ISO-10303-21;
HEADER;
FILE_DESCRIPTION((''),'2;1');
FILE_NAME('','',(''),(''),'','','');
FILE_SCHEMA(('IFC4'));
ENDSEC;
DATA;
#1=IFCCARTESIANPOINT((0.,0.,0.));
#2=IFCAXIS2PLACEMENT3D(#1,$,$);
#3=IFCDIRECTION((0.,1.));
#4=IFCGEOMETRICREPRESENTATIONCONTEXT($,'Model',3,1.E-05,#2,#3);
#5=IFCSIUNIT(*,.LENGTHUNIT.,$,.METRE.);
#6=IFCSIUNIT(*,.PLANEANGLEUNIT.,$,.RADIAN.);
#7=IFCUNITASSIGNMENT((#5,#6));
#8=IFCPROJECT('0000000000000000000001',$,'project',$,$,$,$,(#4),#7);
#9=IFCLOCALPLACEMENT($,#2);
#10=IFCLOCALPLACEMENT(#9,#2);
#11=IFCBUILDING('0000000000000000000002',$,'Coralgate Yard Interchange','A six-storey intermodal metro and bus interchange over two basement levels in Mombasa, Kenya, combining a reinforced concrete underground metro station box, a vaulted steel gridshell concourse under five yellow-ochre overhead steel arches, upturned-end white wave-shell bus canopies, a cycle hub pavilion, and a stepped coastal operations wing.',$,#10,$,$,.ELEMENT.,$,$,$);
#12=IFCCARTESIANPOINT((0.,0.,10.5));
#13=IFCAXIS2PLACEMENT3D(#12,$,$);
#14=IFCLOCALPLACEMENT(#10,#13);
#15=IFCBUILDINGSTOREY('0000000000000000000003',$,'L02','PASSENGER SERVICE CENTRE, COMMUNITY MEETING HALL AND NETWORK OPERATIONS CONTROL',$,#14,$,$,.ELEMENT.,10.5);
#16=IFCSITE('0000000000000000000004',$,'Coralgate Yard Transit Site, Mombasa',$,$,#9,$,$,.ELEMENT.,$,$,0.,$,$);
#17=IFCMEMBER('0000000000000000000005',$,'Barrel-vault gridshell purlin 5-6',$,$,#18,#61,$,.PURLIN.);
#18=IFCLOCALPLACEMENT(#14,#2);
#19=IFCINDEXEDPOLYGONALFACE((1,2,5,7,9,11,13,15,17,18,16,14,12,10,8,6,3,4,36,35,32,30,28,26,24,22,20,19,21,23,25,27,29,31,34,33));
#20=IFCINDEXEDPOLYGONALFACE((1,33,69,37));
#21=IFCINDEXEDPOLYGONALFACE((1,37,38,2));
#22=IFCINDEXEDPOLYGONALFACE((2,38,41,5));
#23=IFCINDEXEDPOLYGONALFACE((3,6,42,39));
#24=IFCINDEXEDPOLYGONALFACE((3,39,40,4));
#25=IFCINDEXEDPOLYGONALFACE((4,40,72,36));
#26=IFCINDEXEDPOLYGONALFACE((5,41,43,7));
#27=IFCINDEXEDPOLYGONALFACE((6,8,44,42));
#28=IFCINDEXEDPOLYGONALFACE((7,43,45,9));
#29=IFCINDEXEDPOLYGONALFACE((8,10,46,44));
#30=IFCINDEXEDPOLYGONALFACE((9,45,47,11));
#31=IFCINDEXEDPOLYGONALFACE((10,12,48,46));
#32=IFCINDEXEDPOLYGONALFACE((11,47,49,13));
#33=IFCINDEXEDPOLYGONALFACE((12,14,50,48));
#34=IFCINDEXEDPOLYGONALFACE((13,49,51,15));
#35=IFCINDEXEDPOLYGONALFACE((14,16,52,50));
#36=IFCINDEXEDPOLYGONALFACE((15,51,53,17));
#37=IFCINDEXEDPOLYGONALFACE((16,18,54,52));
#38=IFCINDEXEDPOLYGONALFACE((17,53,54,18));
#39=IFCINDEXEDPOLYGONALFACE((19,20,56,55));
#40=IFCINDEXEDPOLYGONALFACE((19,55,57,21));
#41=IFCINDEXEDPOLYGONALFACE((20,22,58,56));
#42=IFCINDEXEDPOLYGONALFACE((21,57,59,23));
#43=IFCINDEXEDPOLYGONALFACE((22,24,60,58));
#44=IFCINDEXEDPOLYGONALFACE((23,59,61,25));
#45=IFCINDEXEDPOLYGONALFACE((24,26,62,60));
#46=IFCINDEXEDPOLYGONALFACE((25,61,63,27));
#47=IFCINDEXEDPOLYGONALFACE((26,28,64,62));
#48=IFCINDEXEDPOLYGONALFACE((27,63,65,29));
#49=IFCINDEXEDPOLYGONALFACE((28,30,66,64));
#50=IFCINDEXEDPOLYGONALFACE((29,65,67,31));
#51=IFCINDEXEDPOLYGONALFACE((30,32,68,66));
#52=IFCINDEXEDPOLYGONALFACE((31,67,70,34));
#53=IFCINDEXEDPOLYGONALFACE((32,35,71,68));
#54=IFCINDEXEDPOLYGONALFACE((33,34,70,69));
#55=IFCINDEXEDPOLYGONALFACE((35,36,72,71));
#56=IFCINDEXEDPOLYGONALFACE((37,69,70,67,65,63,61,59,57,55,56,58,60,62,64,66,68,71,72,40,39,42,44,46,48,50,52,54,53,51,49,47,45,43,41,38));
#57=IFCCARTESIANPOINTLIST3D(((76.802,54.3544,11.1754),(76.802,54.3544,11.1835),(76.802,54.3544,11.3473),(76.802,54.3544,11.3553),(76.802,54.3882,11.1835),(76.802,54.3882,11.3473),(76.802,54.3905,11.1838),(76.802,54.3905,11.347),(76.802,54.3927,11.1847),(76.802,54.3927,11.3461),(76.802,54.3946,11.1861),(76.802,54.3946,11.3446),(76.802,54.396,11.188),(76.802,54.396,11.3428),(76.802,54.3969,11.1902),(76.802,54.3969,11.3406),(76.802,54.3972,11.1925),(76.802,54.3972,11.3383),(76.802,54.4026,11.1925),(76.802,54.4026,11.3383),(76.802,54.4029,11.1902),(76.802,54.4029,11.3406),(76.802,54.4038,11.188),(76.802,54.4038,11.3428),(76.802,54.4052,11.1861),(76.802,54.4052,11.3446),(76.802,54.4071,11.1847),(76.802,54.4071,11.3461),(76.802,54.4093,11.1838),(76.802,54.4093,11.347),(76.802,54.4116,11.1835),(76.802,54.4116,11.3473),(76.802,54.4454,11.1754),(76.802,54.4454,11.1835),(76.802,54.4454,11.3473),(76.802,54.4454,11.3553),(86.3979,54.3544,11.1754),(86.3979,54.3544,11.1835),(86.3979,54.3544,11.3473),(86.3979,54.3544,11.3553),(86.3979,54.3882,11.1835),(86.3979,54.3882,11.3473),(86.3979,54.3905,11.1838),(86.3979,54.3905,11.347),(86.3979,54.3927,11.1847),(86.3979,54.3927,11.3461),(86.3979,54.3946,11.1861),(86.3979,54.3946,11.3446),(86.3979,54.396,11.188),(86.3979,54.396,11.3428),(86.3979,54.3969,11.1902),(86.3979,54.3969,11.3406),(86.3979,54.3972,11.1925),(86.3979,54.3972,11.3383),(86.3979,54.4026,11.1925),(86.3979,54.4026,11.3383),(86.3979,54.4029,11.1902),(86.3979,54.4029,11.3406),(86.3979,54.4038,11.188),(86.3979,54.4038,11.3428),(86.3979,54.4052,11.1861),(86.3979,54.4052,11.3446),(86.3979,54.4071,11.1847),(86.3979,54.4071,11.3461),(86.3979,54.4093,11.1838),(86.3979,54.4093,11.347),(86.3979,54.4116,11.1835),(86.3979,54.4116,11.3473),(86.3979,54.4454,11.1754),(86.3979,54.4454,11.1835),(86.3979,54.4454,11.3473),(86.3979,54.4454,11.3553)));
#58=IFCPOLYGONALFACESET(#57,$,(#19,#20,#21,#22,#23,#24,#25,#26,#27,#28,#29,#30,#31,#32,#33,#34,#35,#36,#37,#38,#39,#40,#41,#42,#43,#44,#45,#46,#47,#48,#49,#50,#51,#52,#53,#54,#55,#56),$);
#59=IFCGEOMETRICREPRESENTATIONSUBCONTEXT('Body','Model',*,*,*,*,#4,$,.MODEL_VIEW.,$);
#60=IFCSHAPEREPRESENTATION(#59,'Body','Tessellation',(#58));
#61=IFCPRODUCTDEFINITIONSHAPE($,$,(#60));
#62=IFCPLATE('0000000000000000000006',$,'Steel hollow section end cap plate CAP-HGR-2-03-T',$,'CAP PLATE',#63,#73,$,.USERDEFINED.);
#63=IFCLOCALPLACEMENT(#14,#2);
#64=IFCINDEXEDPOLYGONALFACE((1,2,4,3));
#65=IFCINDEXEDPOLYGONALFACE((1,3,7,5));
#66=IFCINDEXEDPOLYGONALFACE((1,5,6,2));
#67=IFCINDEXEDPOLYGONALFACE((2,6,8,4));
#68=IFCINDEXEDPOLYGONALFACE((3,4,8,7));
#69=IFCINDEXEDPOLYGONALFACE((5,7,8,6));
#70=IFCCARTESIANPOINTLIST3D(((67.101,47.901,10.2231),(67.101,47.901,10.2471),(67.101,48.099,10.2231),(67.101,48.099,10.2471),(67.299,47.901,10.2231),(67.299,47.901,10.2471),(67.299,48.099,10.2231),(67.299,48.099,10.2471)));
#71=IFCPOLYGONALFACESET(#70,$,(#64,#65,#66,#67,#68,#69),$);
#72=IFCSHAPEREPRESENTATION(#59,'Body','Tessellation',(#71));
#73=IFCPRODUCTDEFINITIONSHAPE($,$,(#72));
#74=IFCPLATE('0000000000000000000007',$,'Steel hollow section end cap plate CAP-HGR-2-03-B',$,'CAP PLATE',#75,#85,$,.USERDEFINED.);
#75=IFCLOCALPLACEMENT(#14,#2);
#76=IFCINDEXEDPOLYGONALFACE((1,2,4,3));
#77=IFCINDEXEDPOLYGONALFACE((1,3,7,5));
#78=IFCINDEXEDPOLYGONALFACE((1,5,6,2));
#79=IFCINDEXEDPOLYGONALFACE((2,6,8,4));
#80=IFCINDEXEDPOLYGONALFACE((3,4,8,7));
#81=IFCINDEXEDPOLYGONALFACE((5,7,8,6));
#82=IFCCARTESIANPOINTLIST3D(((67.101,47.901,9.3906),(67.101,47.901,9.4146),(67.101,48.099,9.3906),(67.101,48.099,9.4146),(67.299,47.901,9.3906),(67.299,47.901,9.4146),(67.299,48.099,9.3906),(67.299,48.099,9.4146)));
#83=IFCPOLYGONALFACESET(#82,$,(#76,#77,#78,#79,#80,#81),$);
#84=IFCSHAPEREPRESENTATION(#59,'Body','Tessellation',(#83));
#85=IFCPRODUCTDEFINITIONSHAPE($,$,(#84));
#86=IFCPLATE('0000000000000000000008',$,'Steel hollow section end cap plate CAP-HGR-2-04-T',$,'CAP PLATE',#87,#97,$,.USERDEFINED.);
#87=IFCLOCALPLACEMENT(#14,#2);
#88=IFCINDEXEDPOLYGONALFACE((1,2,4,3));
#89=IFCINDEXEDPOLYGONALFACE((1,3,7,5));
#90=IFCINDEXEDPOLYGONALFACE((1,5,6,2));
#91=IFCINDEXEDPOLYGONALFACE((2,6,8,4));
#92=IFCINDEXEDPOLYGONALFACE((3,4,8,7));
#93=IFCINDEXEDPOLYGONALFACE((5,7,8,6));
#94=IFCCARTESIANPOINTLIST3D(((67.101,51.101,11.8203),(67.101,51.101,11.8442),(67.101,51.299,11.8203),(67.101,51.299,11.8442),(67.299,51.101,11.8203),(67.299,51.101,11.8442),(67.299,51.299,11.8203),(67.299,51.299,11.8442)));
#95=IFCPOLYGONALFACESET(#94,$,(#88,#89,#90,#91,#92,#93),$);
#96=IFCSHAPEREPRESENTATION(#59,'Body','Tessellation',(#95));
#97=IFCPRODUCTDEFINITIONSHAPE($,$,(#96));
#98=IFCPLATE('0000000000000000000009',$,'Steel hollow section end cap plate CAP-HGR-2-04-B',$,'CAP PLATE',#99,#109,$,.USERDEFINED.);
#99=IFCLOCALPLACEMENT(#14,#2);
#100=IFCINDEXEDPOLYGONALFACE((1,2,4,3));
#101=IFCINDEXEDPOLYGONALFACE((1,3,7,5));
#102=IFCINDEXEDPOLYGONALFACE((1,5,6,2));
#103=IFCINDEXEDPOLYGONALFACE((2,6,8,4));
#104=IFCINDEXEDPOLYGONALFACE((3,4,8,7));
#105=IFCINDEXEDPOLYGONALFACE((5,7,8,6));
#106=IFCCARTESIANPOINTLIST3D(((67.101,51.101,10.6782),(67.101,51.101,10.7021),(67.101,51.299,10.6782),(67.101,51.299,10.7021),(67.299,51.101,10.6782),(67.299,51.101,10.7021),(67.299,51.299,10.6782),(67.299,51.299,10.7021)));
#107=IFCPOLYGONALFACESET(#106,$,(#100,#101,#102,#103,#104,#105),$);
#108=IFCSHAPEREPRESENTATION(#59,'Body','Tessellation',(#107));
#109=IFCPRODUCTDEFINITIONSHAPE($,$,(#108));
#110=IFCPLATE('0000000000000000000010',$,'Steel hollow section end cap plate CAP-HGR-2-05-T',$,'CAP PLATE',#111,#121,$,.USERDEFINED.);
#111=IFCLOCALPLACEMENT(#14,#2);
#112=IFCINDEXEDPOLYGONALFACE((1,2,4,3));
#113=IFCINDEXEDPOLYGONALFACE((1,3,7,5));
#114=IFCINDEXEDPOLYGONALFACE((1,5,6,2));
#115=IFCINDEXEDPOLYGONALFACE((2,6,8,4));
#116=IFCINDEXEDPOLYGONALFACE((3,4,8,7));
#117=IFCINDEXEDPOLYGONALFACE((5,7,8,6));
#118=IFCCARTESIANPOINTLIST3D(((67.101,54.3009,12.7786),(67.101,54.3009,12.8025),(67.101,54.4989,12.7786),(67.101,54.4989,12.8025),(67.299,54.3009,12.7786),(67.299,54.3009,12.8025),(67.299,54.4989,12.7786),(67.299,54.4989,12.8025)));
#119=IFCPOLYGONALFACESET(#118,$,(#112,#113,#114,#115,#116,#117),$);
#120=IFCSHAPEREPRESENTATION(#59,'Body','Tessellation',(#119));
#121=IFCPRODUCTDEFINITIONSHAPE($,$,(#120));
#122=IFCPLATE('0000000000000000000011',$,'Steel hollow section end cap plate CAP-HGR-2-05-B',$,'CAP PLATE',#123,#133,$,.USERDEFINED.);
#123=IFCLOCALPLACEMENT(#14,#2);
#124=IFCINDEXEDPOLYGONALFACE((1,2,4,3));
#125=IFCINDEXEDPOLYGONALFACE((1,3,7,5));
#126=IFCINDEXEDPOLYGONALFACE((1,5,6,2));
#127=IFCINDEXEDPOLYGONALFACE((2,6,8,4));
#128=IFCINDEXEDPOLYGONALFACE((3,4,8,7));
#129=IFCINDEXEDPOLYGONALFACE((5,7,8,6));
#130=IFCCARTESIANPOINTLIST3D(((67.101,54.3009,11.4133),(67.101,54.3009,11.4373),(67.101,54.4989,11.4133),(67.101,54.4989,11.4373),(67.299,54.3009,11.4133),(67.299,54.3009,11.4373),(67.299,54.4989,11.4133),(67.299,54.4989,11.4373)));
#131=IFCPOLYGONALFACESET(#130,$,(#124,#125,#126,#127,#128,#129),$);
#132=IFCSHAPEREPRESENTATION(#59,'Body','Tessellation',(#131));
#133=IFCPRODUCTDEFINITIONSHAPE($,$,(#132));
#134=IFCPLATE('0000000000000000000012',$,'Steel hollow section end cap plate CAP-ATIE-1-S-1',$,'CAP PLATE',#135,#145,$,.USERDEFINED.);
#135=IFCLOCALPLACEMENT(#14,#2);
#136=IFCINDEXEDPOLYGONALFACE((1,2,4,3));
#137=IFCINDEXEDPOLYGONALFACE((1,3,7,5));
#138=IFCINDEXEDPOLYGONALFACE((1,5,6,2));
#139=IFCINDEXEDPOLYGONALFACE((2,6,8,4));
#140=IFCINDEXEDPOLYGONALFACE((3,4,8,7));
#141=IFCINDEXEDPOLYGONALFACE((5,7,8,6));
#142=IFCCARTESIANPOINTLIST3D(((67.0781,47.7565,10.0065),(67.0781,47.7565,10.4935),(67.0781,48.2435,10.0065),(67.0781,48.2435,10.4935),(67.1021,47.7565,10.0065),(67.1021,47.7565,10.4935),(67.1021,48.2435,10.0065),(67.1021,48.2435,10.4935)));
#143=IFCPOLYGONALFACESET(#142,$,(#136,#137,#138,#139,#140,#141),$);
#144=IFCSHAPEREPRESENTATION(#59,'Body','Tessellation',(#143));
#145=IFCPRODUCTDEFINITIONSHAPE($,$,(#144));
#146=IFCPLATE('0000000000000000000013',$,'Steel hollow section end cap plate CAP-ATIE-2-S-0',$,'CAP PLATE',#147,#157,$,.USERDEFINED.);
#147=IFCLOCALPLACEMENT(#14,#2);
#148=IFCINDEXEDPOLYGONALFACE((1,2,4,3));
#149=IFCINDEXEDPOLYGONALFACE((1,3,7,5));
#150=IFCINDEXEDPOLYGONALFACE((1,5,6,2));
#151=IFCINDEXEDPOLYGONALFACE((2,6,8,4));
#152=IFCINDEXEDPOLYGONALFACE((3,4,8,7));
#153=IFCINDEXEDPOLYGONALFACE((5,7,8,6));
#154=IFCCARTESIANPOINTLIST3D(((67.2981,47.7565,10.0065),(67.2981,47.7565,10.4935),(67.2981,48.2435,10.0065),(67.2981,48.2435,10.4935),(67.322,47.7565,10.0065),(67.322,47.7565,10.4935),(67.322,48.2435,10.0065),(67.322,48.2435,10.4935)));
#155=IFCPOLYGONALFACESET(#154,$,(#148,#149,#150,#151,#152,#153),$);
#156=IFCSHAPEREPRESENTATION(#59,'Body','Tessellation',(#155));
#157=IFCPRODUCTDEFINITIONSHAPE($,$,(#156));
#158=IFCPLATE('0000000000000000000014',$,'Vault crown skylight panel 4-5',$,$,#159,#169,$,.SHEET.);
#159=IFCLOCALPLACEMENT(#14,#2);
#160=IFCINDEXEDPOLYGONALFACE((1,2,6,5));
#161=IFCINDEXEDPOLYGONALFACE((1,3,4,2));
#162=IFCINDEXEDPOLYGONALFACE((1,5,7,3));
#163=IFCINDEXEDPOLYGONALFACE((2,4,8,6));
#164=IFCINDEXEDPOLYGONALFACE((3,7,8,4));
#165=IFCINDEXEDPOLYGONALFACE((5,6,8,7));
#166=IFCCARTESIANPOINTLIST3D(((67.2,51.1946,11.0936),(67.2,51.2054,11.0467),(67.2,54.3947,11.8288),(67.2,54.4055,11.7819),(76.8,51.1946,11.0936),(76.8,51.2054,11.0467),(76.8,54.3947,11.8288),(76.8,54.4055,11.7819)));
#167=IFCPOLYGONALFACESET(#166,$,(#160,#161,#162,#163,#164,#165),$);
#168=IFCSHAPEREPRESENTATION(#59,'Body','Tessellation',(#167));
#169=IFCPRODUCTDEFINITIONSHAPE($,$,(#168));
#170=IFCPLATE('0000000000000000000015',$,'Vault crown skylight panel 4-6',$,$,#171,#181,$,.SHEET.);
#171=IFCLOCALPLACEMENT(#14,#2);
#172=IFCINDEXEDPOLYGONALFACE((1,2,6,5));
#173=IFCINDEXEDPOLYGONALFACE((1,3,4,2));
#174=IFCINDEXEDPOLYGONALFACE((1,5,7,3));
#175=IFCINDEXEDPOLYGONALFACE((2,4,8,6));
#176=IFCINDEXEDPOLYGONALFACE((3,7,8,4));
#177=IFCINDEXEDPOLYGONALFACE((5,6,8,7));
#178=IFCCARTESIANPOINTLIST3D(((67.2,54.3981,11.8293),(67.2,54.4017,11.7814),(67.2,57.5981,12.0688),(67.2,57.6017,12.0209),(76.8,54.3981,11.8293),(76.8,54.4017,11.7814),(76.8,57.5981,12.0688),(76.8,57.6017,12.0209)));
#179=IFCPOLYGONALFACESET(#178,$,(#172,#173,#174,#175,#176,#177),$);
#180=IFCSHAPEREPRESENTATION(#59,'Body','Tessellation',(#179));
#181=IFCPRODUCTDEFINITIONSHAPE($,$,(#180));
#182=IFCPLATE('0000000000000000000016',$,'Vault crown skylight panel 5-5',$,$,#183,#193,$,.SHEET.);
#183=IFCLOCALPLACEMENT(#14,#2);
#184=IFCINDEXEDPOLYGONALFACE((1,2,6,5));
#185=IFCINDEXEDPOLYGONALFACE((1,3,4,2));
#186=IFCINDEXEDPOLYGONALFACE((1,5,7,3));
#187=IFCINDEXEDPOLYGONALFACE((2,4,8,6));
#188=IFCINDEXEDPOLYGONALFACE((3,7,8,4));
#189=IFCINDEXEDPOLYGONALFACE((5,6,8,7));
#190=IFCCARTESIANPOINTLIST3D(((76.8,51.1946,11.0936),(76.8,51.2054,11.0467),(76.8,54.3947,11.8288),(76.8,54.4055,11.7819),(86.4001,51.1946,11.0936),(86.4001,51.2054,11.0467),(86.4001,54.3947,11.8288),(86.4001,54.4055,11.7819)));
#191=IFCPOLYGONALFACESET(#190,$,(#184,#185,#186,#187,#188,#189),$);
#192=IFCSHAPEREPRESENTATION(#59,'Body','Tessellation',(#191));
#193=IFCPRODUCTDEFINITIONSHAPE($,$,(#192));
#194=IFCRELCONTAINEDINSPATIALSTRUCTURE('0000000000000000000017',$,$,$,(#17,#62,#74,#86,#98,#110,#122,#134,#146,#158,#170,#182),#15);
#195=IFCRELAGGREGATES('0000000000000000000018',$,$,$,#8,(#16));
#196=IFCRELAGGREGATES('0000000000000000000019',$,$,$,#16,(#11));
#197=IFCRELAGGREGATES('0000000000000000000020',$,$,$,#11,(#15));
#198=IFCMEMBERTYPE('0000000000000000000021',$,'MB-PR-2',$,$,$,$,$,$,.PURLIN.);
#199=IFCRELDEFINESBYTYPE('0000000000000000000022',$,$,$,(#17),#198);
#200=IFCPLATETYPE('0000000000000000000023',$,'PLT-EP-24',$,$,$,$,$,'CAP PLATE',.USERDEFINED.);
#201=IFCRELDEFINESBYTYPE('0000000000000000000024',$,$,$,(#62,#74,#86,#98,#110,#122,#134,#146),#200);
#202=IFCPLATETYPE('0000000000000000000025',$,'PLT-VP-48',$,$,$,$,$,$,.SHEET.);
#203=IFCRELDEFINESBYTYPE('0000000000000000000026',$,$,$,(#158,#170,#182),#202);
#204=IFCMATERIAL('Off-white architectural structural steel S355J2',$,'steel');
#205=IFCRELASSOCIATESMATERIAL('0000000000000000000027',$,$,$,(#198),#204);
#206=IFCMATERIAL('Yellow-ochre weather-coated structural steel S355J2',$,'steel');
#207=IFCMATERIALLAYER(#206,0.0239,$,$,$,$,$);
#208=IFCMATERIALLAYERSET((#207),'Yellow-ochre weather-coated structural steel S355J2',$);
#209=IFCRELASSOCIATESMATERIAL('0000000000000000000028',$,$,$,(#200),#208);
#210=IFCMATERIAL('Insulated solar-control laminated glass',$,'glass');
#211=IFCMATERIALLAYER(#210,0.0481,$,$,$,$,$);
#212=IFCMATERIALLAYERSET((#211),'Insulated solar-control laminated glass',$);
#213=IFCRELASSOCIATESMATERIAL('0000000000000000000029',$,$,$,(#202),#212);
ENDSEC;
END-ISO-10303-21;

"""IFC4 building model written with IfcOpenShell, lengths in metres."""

from ifc_helpers import new_model, si_unit, direction, frame, origin, origin_2d, place, context, subcontext, project, spatial, rectangle, i_section, extrude, material, layer, layer_set, material_profile, profile_set, type_object, element, save


model = new_model("IFC4")

# Units and contexts
model_context = context("Model", 3, precision=1e-05, world=origin(), true_north=direction((0.0, 1.0)))
body_context = subcontext(model_context, "Body", "Model", "MODEL_VIEW")
ifc_project = project(units=[si_unit("LENGTHUNIT", "METRE"), si_unit("PLANEANGLEUNIT", "RADIAN")], contexts=[model_context])

# Site, building, storey
site_placement = place(None, origin())
site = spatial("IfcSite", under=ifc_project, at=site_placement, Name="Coralgate Yard Transit Site, Mombasa", CompositionType="ELEMENT", RefElevation=0.0)
building_placement = place(site_placement, origin())
building = spatial("IfcBuilding", under=site, at=building_placement, Name="Coralgate Yard Interchange", Description="A six-storey intermodal metro and bus interchange over two basement levels in Mombasa, Kenya, combining a reinforced concrete underground metro station box, a vaulted steel gridshell concourse under five yellow-ochre overhead steel arches, upturned-end white wave-shell bus canopies, a cycle hub pavilion, and a stepped coastal operations wing.", CompositionType="ELEMENT")
storey_placement = place(building_placement, frame((0.0, 0.0, 10.5)))
storey = spatial("IfcBuildingStorey", under=building, at=storey_placement, Name="L02", Description="PASSENGER SERVICE CENTRE, COMMUNITY MEETING HALL AND NETWORK OPERATIONS CONTROL", CompositionType="ELEMENT", Elevation=10.5)

# Shared definitions
ifc_material_1 = material(Name="Yellow-ochre weather-coated structural steel S355J2", Category="steel")

# Member
ifc_material_2 = material(Name="Off-white architectural structural steel S355J2", Category="steel")
ifc_material_profile_1 = material_profile(ifc_material_2, i_section(OverallWidth=0.0911, OverallDepth=0.1799, WebThickness=0.0054, FlangeThickness=0.0081, FilletRadius=0.009, at=origin_2d()), Name="IPE 180")
ifc_profile_set_1 = profile_set([ifc_material_profile_1], Name="Off-white architectural structural steel S355J2")
member_type_1 = type_object("IfcMemberType", Name="MB-PR-2", PredefinedType="PURLIN", material=ifc_profile_set_1)
for number, where, z_axis, x_axis, name in (
    (1, (76.802, 54.3999, 11.2654), (1.0, 0.0, 0.0), (0.0, 1.0, 0.0), "Barrel-vault gridshell purlin 5-6"),
):
    element("IfcMember", number, at=place(storey_placement, frame(where, z_axis=z_axis, x_axis=x_axis)), inside=storey, type_object=member_type_1, Name=name, PredefinedType="PURLIN", context=body_context, shape_type="SweptSolid", body=[
        extrude(i_section(OverallWidth=0.0911, OverallDepth=0.1799, WebThickness=0.0054, FlangeThickness=0.0081, FilletRadius=0.009, at=origin_2d()), origin(), (0.0, 0.0, 1.0), 9.5959),
    ])

# Plates
ifc_layer_1 = layer(ifc_material_1, 0.0239)
ifc_layer_set_1 = layer_set([ifc_layer_1], Name="Yellow-ochre weather-coated structural steel S355J2")
plate_type_1 = type_object("IfcPlateType", Name="PLT-EP-24", ElementType="CAP PLATE", PredefinedType="USERDEFINED", material=ifc_layer_set_1)
for number, where, z_axis, x_axis, name in (
    (2, (67.2, 48.0, 10.2231), (0.0, 0.0, 1.0), (1.0, 0.0, 0.0), "Steel hollow section end cap plate CAP-HGR-2-03-T"),
    (3, (67.2, 48.0, 9.4146), (0.0, 0.0, -1.0), (1.0, 0.0, 0.0), "Steel hollow section end cap plate CAP-HGR-2-03-B"),
    (4, (67.2, 51.2, 11.8203), (0.0, 0.0, 1.0), (1.0, 0.0, 0.0), "Steel hollow section end cap plate CAP-HGR-2-04-T"),
    (5, (67.2, 51.2, 10.7021), (0.0, 0.0, -1.0), (1.0, 0.0, 0.0), "Steel hollow section end cap plate CAP-HGR-2-04-B"),
    (6, (67.2, 54.3999, 12.7786), (0.0, 0.0, 1.0), (1.0, 0.0, 0.0), "Steel hollow section end cap plate CAP-HGR-2-05-T"),
    (7, (67.2, 54.3999, 11.4373), (0.0, 0.0, -1.0), (1.0, 0.0, 0.0), "Steel hollow section end cap plate CAP-HGR-2-05-B"),
):
    element("IfcPlate", number, at=place(storey_placement, frame(where, z_axis=z_axis, x_axis=x_axis)), inside=storey, type_object=plate_type_1, Name=name, ObjectType="CAP PLATE", PredefinedType="USERDEFINED", context=body_context, shape_type="SweptSolid", body=[
        extrude(rectangle(XDim=0.198, YDim=0.198, at=origin_2d()), origin(), (0.0, 0.0, 1.0), 0.0239),
    ])
for number, where, z_axis, x_axis, name in (
    (8, (67.0781, 48.0, 10.25), (1.0, 0.0, 0.0), (0.0, 1.0, 0.0), "Steel hollow section end cap plate CAP-ATIE-1-S-1"),
    (9, (67.322, 48.0, 10.25), (-1.0, 0.0, 0.0), (0.0, -1.0, 0.0), "Steel hollow section end cap plate CAP-ATIE-2-S-0"),
):
    element("IfcPlate", number, at=place(storey_placement, frame(where, z_axis=z_axis, x_axis=x_axis)), inside=storey, type_object=plate_type_1, Name=name, ObjectType="CAP PLATE", PredefinedType="USERDEFINED", context=body_context, shape_type="SweptSolid", body=[
        extrude(rectangle(XDim=0.4871, YDim=0.4871, at=origin_2d()), origin(), (0.0, 0.0, 1.0), 0.0239),
    ])
ifc_material_3 = material(Name="Insulated solar-control laminated glass", Category="glass")
ifc_layer_2 = layer(ifc_material_3, 0.0481)
ifc_layer_set_2 = layer_set([ifc_layer_2], Name="Insulated solar-control laminated glass")
plate_type_2 = type_object("IfcPlateType", Name="PLT-VP-48", PredefinedType="SHEET", material=ifc_layer_set_2)
plate_1_placement = place(storey_placement, frame((72.0, 52.8054, 11.4143), z_axis=(0.0, -0.223916, 0.974608), x_axis=(1.0, 0.0, 0.0)))
element("IfcPlate", 10, at=plate_1_placement, inside=storey, type_object=plate_type_2, Name="Vault crown skylight panel 4-5", PredefinedType="SHEET", context=body_context, shape_type="SweptSolid", body=[
    extrude(rectangle(XDim=9.6001, YDim=3.2834, at=origin_2d()), origin(), (0.0, 0.0, 1.0), 0.0481),
])
plate_2_placement = place(storey_placement, frame((72.0, 56.0017, 11.9011), z_axis=(0.0, -0.074635, 0.997211), x_axis=(1.0, 0.0, 0.0)))
element("IfcPlate", 11, at=plate_2_placement, inside=storey, type_object=plate_type_2, Name="Vault crown skylight panel 4-6", PredefinedType="SHEET", context=body_context, shape_type="SweptSolid", body=[
    extrude(rectangle(XDim=9.6001, YDim=3.209, at=origin_2d()), origin(), (0.0, 0.0, 1.0), 0.0481),
])
plate_3_placement = place(storey_placement, frame((81.6001, 52.8054, 11.4143), z_axis=(0.0, -0.223916, 0.974608), x_axis=(1.0, 0.0, 0.0)))
element("IfcPlate", 12, at=plate_3_placement, inside=storey, type_object=plate_type_2, Name="Vault crown skylight panel 5-5", PredefinedType="SHEET", context=body_context, shape_type="SweptSolid", body=[
    extrude(rectangle(XDim=9.6001, YDim=3.2834, at=origin_2d()), origin(), (0.0, 0.0, 1.0), 0.0481),
])

save(model, "model.ifc")
